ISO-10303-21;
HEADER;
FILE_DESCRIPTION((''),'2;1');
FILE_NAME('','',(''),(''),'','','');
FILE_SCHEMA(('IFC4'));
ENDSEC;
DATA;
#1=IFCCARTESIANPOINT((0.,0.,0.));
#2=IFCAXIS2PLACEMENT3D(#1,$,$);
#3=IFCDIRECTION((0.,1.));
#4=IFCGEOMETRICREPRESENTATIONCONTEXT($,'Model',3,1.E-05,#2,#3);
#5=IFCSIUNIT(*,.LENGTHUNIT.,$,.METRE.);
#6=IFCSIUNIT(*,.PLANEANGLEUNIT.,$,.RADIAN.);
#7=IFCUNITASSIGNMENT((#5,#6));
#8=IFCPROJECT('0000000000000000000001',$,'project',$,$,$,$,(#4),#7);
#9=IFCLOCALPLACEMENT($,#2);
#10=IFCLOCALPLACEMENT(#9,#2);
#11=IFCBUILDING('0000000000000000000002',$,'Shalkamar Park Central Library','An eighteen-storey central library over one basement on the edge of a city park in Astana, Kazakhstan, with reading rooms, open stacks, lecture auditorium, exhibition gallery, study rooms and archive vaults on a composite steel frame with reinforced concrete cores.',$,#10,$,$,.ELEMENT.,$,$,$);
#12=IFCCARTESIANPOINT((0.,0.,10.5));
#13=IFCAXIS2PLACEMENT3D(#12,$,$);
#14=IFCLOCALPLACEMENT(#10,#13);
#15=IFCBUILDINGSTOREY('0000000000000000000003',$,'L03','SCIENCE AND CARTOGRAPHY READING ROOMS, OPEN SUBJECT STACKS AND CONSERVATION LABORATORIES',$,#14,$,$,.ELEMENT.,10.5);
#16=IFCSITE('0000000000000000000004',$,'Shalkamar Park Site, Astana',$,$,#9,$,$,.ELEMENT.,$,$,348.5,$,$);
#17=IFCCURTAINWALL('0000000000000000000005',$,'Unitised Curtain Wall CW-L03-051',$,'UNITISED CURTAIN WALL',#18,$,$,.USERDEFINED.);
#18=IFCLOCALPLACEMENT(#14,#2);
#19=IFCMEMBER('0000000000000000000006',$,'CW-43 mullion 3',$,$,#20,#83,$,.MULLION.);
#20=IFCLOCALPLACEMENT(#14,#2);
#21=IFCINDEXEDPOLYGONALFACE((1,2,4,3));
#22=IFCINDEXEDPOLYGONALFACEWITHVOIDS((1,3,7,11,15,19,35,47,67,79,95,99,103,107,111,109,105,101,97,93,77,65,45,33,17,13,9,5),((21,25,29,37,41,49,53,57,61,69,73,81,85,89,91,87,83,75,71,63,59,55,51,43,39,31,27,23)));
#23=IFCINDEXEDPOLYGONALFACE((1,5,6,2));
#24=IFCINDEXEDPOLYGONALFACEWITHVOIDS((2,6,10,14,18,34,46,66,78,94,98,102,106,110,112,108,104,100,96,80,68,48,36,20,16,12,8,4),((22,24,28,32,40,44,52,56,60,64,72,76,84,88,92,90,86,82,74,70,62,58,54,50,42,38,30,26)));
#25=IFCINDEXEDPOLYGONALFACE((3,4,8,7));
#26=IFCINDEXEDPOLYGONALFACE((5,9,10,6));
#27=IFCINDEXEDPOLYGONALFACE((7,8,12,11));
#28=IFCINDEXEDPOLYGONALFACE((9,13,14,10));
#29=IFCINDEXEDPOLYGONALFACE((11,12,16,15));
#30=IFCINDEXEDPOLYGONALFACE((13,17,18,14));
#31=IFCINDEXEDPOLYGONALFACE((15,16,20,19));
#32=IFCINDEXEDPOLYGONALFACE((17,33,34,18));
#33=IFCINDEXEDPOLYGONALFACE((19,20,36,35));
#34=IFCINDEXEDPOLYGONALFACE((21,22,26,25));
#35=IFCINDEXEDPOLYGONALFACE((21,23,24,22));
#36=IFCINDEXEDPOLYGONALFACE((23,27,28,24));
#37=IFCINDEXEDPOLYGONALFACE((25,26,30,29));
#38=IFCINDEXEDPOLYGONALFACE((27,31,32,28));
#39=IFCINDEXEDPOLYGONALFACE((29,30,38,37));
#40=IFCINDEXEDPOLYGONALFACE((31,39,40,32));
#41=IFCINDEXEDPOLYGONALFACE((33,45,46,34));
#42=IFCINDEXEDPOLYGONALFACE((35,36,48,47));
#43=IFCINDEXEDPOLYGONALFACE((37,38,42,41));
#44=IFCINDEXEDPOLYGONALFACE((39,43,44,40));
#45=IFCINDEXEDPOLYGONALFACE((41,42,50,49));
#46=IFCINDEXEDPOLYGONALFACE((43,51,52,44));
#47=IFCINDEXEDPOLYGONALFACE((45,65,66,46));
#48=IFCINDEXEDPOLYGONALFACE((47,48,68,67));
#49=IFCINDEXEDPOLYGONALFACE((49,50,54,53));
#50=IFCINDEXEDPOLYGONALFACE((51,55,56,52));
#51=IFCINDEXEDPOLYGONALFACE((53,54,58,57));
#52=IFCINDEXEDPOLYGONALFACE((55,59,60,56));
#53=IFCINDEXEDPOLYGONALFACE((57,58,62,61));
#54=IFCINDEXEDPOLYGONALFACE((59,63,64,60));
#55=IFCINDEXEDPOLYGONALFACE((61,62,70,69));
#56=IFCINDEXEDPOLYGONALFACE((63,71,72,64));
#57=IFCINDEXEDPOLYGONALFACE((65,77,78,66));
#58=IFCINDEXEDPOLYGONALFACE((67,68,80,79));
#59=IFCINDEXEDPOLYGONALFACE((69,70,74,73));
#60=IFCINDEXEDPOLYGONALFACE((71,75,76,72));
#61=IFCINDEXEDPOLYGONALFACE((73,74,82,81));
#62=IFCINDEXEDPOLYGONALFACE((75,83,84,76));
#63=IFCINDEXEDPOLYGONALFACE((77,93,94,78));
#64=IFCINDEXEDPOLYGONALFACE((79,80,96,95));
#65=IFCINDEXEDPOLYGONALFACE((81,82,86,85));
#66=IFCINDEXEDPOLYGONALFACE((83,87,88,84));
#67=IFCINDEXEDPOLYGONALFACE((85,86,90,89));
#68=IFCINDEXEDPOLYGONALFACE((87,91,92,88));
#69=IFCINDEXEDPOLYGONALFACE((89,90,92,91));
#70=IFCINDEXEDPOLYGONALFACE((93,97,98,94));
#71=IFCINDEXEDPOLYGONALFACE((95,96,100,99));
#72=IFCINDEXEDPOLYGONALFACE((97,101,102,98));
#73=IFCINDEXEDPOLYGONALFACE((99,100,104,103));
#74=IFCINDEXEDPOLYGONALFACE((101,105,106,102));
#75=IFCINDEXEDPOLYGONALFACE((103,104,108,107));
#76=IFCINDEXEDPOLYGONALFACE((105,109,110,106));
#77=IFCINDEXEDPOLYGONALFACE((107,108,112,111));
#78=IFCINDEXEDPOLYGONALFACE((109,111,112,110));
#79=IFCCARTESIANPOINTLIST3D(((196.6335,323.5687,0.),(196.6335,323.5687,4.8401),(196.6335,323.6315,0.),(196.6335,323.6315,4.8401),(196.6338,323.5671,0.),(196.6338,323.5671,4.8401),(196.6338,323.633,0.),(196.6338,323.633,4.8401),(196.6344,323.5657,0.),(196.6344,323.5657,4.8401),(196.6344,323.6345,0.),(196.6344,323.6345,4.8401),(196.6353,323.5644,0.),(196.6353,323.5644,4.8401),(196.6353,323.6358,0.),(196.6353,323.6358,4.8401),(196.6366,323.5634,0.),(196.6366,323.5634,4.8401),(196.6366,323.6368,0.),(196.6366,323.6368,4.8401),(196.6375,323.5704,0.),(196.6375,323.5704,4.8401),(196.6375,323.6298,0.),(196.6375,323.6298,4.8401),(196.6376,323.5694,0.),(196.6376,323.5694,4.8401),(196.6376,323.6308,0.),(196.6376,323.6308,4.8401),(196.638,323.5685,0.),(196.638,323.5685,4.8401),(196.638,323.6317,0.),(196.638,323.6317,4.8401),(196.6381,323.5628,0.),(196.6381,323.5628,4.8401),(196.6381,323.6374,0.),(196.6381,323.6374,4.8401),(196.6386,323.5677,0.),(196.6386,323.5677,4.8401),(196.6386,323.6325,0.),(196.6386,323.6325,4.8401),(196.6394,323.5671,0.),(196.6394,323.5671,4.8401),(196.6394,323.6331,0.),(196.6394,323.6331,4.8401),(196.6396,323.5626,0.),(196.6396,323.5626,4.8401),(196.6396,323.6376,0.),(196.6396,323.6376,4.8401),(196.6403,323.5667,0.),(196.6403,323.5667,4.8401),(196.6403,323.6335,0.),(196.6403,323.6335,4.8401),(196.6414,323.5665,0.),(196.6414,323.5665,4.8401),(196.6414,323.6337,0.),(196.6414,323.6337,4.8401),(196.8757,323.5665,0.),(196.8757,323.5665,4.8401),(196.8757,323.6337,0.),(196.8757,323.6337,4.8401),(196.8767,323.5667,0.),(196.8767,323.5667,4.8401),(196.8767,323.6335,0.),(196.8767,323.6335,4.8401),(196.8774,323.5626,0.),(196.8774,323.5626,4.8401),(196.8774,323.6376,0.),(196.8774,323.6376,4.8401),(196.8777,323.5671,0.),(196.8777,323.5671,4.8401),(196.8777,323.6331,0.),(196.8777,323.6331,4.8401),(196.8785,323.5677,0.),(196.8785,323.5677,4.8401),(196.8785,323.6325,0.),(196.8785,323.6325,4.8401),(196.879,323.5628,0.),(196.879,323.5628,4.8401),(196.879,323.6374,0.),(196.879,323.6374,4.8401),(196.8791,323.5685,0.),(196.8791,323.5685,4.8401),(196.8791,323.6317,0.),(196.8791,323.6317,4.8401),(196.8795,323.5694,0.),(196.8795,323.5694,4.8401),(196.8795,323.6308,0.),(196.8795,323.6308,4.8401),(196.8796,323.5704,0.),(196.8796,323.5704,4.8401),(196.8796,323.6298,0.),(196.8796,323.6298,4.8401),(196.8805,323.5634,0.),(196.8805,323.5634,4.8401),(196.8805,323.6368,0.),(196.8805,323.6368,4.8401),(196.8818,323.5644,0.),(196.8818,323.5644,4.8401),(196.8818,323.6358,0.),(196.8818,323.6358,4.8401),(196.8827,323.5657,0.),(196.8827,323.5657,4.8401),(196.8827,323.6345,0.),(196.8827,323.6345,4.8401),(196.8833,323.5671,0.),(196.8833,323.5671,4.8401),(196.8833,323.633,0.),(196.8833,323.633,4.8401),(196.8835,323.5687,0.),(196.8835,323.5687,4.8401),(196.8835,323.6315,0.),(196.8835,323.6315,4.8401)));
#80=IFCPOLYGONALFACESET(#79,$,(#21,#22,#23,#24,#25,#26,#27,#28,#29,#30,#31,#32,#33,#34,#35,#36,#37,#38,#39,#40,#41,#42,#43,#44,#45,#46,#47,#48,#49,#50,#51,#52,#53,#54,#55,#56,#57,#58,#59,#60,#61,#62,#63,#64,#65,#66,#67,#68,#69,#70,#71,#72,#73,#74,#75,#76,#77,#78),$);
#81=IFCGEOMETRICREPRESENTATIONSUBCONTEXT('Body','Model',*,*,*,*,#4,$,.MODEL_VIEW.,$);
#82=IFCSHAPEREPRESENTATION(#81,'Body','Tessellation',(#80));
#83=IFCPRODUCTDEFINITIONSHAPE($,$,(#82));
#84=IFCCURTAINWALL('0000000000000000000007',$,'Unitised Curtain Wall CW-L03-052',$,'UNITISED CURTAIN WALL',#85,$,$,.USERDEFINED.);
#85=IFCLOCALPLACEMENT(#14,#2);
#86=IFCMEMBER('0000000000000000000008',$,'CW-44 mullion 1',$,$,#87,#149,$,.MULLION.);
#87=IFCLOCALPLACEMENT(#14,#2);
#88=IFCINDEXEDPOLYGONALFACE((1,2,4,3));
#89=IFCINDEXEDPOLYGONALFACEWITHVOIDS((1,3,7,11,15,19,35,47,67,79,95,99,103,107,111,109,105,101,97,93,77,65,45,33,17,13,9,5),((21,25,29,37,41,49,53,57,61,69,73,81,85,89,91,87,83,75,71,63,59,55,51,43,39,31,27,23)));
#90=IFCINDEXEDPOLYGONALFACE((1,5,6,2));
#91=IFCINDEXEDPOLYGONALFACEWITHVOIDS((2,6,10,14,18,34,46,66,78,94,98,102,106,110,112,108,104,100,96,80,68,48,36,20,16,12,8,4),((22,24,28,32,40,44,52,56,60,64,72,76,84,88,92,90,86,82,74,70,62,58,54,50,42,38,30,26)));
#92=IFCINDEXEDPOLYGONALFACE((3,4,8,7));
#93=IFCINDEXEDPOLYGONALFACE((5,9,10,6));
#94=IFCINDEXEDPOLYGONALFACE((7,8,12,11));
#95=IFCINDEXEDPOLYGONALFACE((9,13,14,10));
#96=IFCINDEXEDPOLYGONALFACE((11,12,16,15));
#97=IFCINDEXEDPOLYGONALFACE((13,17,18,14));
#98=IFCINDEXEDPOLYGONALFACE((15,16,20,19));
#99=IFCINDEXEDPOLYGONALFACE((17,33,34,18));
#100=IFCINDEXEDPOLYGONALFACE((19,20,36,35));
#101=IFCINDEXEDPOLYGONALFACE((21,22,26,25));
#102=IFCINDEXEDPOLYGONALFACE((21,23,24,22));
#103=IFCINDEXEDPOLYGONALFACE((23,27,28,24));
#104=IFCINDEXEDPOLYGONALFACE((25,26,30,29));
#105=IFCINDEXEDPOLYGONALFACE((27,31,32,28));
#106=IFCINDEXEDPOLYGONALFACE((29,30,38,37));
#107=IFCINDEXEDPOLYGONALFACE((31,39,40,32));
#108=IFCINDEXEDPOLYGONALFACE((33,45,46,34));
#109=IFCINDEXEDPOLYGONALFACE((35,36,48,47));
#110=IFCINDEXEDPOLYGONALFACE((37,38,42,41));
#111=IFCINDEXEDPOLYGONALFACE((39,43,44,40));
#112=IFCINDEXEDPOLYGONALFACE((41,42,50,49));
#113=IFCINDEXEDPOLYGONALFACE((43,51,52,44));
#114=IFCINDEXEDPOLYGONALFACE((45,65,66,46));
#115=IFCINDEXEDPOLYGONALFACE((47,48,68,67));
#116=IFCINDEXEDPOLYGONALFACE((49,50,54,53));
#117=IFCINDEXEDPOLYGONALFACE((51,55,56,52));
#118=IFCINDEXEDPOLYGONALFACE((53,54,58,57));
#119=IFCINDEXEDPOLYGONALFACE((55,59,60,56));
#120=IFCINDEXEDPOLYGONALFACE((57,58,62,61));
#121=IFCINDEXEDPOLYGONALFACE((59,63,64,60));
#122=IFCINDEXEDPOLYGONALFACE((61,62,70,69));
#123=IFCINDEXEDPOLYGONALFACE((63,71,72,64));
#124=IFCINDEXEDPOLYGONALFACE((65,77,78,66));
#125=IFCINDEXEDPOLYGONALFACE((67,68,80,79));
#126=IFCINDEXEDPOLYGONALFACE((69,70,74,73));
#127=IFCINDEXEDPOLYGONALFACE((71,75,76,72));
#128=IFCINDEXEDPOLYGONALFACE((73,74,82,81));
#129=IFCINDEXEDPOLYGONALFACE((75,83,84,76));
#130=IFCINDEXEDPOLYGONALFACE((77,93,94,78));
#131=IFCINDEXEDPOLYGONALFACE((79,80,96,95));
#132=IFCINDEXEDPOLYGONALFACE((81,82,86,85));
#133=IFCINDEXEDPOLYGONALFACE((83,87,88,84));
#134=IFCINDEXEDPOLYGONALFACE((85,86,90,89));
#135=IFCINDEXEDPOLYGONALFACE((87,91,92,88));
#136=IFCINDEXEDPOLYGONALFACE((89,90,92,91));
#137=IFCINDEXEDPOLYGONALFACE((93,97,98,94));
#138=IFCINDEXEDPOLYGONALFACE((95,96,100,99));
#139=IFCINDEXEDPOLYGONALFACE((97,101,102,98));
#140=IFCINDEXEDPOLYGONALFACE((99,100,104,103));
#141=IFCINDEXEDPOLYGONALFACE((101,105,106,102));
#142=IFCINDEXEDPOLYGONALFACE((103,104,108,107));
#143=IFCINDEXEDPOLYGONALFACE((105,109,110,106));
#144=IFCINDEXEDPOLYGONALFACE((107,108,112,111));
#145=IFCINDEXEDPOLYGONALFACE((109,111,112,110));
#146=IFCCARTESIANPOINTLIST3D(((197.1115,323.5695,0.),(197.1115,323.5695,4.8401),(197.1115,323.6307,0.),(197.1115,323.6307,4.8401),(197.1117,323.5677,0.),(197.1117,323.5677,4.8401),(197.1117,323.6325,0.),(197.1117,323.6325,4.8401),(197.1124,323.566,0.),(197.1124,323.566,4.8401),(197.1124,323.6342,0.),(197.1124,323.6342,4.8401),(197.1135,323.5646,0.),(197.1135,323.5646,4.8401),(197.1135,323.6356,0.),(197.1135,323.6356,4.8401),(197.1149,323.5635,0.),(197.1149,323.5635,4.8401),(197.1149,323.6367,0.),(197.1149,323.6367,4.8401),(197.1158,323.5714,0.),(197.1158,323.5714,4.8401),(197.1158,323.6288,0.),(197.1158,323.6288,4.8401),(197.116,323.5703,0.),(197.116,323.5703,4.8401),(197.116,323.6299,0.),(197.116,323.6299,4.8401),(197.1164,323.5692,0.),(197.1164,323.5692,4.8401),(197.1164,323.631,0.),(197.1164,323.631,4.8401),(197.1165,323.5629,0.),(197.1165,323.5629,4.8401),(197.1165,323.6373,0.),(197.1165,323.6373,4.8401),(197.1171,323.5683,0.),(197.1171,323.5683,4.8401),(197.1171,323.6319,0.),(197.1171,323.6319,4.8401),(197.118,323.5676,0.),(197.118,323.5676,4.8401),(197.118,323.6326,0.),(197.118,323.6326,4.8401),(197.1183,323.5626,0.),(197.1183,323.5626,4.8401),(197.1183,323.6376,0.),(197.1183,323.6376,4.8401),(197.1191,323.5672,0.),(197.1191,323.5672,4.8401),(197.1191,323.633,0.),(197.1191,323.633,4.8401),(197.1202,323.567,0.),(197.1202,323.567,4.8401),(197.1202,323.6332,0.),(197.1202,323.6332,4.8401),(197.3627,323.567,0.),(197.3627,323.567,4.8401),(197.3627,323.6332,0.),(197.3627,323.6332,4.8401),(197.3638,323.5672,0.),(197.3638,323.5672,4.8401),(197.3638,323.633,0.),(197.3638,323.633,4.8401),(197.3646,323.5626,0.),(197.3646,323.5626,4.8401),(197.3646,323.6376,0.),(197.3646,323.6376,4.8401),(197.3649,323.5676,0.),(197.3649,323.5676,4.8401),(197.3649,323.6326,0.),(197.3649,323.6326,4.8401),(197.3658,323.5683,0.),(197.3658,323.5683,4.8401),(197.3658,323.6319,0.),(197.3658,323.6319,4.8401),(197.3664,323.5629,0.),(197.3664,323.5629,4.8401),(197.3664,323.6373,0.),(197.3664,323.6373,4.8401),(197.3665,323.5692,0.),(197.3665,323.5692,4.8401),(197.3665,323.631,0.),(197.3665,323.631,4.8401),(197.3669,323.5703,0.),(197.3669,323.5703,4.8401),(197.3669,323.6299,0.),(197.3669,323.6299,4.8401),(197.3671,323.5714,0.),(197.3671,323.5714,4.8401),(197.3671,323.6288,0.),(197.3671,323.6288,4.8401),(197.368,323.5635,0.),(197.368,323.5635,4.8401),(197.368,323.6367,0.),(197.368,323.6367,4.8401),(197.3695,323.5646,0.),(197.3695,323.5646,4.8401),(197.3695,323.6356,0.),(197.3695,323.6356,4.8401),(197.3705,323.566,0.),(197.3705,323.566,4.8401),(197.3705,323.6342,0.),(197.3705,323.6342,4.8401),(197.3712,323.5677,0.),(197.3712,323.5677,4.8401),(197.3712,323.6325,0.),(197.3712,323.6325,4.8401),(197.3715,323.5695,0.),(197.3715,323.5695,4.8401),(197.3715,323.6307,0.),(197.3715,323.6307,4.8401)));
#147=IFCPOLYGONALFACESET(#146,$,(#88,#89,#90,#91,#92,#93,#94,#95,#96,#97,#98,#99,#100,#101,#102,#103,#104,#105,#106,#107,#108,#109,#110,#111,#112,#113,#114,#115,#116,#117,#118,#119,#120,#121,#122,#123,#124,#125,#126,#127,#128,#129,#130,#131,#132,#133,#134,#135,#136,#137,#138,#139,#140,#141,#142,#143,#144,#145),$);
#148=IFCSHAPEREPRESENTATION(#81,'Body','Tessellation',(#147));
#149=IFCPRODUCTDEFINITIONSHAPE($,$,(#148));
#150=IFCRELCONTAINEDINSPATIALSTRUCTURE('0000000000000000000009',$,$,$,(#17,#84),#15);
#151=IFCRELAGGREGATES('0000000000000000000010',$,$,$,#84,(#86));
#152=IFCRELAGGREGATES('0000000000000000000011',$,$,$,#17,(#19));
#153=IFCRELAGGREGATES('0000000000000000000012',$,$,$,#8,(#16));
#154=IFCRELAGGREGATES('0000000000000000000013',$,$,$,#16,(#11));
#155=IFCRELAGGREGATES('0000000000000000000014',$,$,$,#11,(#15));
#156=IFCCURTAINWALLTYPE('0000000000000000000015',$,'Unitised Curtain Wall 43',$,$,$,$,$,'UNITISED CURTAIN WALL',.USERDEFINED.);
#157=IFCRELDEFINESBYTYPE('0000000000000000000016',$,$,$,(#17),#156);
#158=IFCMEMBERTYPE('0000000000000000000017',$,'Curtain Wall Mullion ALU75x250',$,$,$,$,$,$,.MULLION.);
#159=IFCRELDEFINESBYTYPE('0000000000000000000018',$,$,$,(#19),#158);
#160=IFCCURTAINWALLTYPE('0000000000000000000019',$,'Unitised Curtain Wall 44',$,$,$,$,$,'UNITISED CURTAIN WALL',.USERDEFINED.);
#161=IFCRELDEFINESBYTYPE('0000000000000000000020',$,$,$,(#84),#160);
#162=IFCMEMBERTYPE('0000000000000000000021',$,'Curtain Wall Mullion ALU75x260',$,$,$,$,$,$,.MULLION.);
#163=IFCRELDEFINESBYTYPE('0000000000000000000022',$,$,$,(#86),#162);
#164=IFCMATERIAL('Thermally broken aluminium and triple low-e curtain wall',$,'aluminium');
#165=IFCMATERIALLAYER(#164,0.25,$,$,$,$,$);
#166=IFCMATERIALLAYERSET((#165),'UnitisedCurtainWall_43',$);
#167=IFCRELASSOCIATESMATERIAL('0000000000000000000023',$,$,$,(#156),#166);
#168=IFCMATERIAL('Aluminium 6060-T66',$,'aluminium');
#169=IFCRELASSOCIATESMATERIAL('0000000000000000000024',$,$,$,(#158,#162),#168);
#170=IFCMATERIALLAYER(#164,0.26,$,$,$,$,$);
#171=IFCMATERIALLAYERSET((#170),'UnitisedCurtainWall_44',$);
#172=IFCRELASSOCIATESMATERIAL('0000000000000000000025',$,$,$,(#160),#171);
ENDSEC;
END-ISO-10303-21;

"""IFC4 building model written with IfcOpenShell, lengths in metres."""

from ifc_helpers import new_model, si_unit, direction, frame, origin, origin_2d, place, context, subcontext, project, spatial, hollow_rectangle, extrude, material, layer, layer_set, material_profile, profile_set, type_object, element, aggregate, save


model = new_model("IFC4")

# Units and contexts
model_context = context("Model", 3, precision=1e-05, world=origin(), true_north=direction((0.0, 1.0)))
body_context = subcontext(model_context, "Body", "Model", "MODEL_VIEW")
ifc_project = project(units=[si_unit("LENGTHUNIT", "METRE"), si_unit("PLANEANGLEUNIT", "RADIAN")], contexts=[model_context])

# Site, building, storey
site_placement = place(None, origin())
site = spatial("IfcSite", under=ifc_project, at=site_placement, Name="Shalkamar Park Site, Astana", CompositionType="ELEMENT", RefElevation=348.5)
building_placement = place(site_placement, origin())
building = spatial("IfcBuilding", under=site, at=building_placement, Name="Shalkamar Park Central Library", Description="An eighteen-storey central library over one basement on the edge of a city park in Astana, Kazakhstan, with reading rooms, open stacks, lecture auditorium, exhibition gallery, study rooms and archive vaults on a composite steel frame with reinforced concrete cores.", CompositionType="ELEMENT")
storey_placement = place(building_placement, frame((0.0, 0.0, 10.5)))
storey = spatial("IfcBuildingStorey", under=building, at=storey_placement, Name="L03", Description="SCIENCE AND CARTOGRAPHY READING ROOMS, OPEN SUBJECT STACKS AND CONSERVATION LABORATORIES", CompositionType="ELEMENT", Elevation=10.5)

# Curtain wall, member
ifc_material_1 = material(Name="Thermally broken aluminium and triple low-e curtain wall", Category="aluminium")
ifc_layer_1 = layer(ifc_material_1, 0.25)
ifc_layer_set_1 = layer_set([ifc_layer_1], Name="UnitisedCurtainWall_43")
curtain_wall_type_1 = type_object("IfcCurtainWallType", Name="Unitised Curtain Wall 43", ElementType="UNITISED CURTAIN WALL", PredefinedType="USERDEFINED", material=ifc_layer_set_1)
curtain_wall_1_placement = place(storey_placement, origin())
curtain_wall_1 = element("IfcCurtainWall", 1, at=curtain_wall_1_placement, inside=storey, type_object=curtain_wall_type_1, Name="Unitised Curtain Wall CW-L03-051", ObjectType="UNITISED CURTAIN WALL", PredefinedType="USERDEFINED")
ifc_material_2 = material(Name="Aluminium 6060-T66", Category="aluminium")
ifc_material_profile_1 = material_profile(ifc_material_2, hollow_rectangle(XDim=0.075, YDim=0.25, WallThickness=0.0039, InnerFilletRadius=0.0039, OuterFilletRadius=0.0061, at=origin_2d()), Name="ALU 75x250x4")
ifc_profile_set_1 = profile_set([ifc_material_profile_1], Name="Aluminium 6060-T66")
member_type_1 = type_object("IfcMemberType", Name="Curtain Wall Mullion ALU75x250", PredefinedType="MULLION", material=ifc_profile_set_1)
member_1_placement = place(storey_placement, frame((196.7585, 323.6001, 0.0), z_axis=(0.0, 0.0, 1.0), x_axis=(0.0, 1.0, 0.0)))
member_1 = element("IfcMember", 2, at=member_1_placement, type_object=member_type_1, Name="CW-43 mullion 3", PredefinedType="MULLION", context=body_context, shape_type="SweptSolid", body=[
    extrude(hollow_rectangle(XDim=0.075, YDim=0.25, WallThickness=0.0039, InnerFilletRadius=0.0039, OuterFilletRadius=0.0061, at=origin_2d()), origin(), (0.0, 0.0, 1.0), 4.8401),
])

# Curtain wall, member
ifc_layer_2 = layer(ifc_material_1, 0.26)
ifc_layer_set_2 = layer_set([ifc_layer_2], Name="UnitisedCurtainWall_44")
curtain_wall_type_2 = type_object("IfcCurtainWallType", Name="Unitised Curtain Wall 44", ElementType="UNITISED CURTAIN WALL", PredefinedType="USERDEFINED", material=ifc_layer_set_2)
curtain_wall_2_placement = place(storey_placement, origin())
curtain_wall_2 = element("IfcCurtainWall", 3, at=curtain_wall_2_placement, inside=storey, type_object=curtain_wall_type_2, Name="Unitised Curtain Wall CW-L03-052", ObjectType="UNITISED CURTAIN WALL", PredefinedType="USERDEFINED")
ifc_material_profile_2 = material_profile(ifc_material_2, hollow_rectangle(XDim=0.075, YDim=0.26, WallThickness=0.0044, InnerFilletRadius=0.0044, OuterFilletRadius=0.0068, at=origin_2d()), Name="ALU 75x260x4.5")
ifc_profile_set_2 = profile_set([ifc_material_profile_2], Name="Aluminium 6060-T66")
member_type_2 = type_object("IfcMemberType", Name="Curtain Wall Mullion ALU75x260", PredefinedType="MULLION", material=ifc_profile_set_2)
member_2_placement = place(storey_placement, frame((197.2415, 323.6001, 0.0), z_axis=(0.0, 0.0, 1.0), x_axis=(0.0, 1.0, 0.0)))
member_2 = element("IfcMember", 4, at=member_2_placement, type_object=member_type_2, Name="CW-44 mullion 1", PredefinedType="MULLION", context=body_context, shape_type="SweptSolid", body=[
    extrude(hollow_rectangle(XDim=0.075, YDim=0.26, WallThickness=0.0044, InnerFilletRadius=0.0044, OuterFilletRadius=0.0068, at=origin_2d()), origin(), (0.0, 0.0, 1.0), 4.8401),
])

aggregate(curtain_wall_2, [member_2])
aggregate(curtain_wall_1, [member_1])

save(model, "model.ifc")
